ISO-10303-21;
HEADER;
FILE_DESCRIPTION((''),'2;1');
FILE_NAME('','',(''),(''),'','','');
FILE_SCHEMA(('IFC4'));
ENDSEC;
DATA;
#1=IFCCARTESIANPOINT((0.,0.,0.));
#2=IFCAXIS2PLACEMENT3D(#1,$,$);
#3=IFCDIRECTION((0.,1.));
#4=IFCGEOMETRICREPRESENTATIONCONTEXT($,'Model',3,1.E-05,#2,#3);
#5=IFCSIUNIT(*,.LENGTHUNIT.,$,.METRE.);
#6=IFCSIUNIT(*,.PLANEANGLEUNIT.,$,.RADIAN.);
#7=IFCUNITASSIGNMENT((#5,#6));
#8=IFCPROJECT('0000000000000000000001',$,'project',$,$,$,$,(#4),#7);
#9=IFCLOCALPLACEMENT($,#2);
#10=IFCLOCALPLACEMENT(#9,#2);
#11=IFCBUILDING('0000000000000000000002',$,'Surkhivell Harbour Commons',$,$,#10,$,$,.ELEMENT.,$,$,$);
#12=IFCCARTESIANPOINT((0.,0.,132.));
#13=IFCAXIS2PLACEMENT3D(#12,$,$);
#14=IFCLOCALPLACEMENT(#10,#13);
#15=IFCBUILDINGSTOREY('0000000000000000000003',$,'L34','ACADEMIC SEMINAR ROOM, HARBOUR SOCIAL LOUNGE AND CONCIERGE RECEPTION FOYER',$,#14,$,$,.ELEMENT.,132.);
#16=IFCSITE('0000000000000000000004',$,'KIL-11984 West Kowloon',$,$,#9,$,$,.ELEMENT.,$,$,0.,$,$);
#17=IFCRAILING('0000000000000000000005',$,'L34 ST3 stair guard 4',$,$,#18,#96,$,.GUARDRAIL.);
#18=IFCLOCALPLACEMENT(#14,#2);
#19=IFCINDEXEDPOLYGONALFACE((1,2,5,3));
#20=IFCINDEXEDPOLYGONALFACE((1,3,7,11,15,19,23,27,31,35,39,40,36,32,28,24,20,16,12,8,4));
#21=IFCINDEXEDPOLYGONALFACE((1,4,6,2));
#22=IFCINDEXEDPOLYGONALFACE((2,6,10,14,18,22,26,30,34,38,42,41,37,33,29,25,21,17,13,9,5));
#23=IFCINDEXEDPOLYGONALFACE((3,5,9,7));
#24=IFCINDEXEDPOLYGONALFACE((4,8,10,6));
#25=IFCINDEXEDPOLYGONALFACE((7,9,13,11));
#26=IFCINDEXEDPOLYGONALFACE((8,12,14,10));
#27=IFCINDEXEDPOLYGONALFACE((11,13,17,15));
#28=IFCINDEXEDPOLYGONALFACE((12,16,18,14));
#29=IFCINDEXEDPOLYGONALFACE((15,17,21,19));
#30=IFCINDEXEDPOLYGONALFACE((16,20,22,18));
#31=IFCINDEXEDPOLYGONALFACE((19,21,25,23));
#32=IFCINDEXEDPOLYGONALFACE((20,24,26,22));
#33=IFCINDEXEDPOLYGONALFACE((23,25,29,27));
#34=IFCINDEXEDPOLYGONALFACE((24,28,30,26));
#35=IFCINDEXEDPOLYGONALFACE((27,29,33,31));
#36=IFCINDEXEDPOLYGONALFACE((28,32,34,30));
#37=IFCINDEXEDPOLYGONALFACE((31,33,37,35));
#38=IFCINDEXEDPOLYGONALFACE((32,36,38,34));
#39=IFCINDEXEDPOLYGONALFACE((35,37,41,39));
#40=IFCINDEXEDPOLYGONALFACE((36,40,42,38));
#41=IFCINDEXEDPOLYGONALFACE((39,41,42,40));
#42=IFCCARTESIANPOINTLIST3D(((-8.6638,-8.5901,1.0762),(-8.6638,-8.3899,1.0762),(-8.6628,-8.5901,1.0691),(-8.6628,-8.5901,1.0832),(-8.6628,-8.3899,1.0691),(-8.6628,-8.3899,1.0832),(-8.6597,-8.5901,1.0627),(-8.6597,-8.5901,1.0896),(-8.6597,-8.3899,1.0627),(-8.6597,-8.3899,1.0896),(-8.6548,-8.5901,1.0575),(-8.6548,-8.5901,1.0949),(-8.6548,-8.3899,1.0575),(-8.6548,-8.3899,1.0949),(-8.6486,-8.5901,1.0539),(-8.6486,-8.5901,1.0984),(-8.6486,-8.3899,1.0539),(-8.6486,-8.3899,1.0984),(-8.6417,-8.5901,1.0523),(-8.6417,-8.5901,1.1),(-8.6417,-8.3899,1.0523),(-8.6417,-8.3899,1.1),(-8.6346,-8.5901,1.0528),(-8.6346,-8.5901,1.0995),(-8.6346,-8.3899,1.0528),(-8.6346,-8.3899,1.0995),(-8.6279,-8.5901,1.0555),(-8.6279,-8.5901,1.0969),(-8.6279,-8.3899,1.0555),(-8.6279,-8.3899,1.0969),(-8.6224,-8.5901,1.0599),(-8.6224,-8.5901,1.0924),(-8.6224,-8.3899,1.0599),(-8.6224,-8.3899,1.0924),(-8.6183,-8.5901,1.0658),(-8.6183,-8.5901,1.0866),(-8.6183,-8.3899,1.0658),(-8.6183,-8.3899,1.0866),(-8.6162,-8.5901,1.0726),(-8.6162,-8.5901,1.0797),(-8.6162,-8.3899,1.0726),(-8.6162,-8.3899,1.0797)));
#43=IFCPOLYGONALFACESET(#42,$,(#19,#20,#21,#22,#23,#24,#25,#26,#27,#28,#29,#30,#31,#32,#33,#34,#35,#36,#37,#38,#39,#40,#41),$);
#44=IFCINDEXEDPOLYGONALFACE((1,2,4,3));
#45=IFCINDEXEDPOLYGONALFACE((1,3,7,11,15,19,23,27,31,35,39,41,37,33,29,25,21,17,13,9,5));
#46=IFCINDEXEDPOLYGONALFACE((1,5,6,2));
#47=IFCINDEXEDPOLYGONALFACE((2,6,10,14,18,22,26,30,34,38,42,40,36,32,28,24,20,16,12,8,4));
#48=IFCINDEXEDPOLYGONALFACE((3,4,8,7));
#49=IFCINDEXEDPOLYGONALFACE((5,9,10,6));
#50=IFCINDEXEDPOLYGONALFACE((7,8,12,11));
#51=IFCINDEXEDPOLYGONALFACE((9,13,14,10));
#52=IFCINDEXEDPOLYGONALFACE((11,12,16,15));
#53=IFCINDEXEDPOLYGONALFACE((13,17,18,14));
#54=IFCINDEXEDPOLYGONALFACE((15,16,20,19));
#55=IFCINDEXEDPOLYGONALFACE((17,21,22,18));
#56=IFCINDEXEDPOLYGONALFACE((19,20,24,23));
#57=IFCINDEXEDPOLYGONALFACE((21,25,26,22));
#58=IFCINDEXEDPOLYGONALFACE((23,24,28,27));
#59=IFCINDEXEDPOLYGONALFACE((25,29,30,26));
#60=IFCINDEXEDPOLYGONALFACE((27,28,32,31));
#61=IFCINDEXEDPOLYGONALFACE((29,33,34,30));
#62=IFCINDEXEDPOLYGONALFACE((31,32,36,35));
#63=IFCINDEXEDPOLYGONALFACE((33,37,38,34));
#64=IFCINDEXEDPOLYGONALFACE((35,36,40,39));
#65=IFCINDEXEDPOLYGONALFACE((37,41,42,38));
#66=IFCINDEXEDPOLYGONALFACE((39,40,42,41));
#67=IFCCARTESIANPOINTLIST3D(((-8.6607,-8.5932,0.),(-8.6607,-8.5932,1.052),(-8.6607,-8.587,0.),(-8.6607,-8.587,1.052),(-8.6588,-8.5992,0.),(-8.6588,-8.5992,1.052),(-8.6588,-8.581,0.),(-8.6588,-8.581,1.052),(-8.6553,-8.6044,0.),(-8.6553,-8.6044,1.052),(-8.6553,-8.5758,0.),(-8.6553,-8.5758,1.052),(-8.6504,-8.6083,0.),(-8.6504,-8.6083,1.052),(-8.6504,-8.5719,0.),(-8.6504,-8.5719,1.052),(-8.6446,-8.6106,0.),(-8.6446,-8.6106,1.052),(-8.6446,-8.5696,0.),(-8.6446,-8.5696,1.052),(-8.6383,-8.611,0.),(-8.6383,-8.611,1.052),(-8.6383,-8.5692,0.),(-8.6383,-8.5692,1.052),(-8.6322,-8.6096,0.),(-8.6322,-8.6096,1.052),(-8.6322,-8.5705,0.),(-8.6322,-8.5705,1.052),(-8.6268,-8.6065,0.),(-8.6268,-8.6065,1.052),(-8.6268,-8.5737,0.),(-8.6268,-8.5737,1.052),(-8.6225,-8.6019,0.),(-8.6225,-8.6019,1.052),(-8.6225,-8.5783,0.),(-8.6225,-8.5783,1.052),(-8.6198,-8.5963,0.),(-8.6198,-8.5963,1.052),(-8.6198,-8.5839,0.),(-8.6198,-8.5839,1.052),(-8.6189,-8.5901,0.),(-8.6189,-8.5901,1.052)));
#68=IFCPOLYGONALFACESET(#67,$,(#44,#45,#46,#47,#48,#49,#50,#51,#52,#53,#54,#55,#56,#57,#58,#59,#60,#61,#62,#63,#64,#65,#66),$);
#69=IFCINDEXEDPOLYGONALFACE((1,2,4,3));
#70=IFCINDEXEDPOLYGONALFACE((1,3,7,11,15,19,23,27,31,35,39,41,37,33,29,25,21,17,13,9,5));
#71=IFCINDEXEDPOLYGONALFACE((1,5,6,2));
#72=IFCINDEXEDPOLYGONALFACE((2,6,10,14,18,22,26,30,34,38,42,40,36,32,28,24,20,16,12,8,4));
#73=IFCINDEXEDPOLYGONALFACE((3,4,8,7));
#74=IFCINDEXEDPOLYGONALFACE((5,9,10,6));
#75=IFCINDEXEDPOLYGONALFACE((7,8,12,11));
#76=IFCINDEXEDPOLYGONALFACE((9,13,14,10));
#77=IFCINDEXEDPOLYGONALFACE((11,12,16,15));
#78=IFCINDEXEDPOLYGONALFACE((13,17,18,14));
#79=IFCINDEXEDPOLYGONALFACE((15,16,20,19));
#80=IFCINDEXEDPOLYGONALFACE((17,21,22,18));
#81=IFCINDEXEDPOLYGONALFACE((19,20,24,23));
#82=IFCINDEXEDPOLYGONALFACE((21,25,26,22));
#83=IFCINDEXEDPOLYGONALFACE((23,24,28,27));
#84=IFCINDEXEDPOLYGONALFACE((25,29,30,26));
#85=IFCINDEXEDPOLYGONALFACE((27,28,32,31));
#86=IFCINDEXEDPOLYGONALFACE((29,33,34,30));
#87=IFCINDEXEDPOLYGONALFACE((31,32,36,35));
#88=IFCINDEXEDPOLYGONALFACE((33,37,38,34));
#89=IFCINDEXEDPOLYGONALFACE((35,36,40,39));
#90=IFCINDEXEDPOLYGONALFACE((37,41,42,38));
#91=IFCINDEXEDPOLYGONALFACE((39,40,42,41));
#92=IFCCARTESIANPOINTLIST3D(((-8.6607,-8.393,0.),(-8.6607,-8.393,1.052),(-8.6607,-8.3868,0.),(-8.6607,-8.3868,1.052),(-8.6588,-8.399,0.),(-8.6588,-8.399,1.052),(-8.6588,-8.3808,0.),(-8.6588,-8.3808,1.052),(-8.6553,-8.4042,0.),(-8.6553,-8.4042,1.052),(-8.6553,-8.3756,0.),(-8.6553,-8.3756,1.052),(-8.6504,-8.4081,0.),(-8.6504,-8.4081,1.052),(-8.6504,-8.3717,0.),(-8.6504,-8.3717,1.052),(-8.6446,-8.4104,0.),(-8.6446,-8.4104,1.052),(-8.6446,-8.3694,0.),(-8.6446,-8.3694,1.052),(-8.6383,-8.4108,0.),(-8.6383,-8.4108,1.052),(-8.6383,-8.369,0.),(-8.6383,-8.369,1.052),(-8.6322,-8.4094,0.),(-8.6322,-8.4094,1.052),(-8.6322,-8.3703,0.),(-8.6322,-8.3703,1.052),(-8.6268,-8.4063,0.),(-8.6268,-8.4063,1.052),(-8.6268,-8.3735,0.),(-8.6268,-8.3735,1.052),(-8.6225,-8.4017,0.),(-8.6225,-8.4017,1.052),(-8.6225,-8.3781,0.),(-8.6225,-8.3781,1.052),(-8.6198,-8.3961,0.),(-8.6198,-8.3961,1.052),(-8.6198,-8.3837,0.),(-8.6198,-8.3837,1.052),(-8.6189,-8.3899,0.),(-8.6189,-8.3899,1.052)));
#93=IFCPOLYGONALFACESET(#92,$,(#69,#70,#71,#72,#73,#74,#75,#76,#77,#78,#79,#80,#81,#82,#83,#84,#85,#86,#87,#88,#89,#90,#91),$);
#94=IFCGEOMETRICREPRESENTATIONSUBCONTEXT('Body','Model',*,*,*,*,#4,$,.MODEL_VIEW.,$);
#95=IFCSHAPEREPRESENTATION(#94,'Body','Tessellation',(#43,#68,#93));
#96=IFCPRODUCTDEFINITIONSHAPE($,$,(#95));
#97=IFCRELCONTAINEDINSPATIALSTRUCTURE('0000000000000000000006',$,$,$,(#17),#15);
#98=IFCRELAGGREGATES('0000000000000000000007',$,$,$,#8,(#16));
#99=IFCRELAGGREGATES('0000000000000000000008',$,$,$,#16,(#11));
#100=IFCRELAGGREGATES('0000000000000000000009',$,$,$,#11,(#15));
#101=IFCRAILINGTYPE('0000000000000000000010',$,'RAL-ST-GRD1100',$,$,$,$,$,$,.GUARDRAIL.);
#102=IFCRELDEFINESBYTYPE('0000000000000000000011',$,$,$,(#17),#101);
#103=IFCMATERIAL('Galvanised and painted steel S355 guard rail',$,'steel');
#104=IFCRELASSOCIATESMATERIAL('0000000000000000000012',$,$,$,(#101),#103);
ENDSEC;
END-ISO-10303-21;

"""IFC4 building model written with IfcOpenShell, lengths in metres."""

from ifc_helpers import new_model, si_unit, direction, frame, origin, origin_2d, place, context, subcontext, project, spatial, circle, extrude, material, type_object, element, save


model = new_model("IFC4")

# Units and contexts
model_context = context("Model", 3, precision=1e-05, world=origin(), true_north=direction((0.0, 1.0)))
body_context = subcontext(model_context, "Body", "Model", "MODEL_VIEW")
ifc_project = project(units=[si_unit("LENGTHUNIT", "METRE"), si_unit("PLANEANGLEUNIT", "RADIAN")], contexts=[model_context])

# Site, building, storey
site_placement = place(None, origin())
site = spatial("IfcSite", under=ifc_project, at=site_placement, Name="KIL-11984 West Kowloon", CompositionType="ELEMENT", RefElevation=0.0)
building_placement = place(site_placement, origin())
building = spatial("IfcBuilding", under=site, at=building_placement, Name="Surkhivell Harbour Commons", CompositionType="ELEMENT")
storey_placement = place(building_placement, frame((0.0, 0.0, 132.0)))
storey = spatial("IfcBuildingStorey", under=building, at=storey_placement, Name="L34", Description="ACADEMIC SEMINAR ROOM, HARBOUR SOCIAL LOUNGE AND CONCIERGE RECEPTION FOYER", CompositionType="ELEMENT", Elevation=132.0)

# Railing
ifc_material_1 = material(Name="Galvanised and painted steel S355 guard rail", Category="steel")
railing_type_1 = type_object("IfcRailingType", Name="RAL-ST-GRD1100", PredefinedType="GUARDRAIL", material=ifc_material_1)
railing_1_placement = place(storey_placement, frame((-8.6399, -8.5901, 0.0)))
element("IfcRailing", 1, at=railing_1_placement, inside=storey, type_object=railing_type_1, Name="L34 ST3 stair guard 4", PredefinedType="GUARDRAIL", context=body_context, shape_type="SweptSolid", body=[
    extrude(circle(Radius=0.0239, at=origin_2d()), frame((0.0, 0.0, 1.0762), z_axis=(0.0, 1.0, 0.0), x_axis=(-1.0, 0.0, 0.0)), (0.0, 0.0, 1.0), 0.2002),
    extrude(circle(Radius=0.021, at=origin_2d()), origin(), (0.0, 0.0, 1.0), 1.052),
    extrude(circle(Radius=0.021, at=origin_2d()), frame((0.0, 0.2002, 0.0)), (0.0, 0.0, 1.0), 1.052),
])

save(model, "model.ifc")
